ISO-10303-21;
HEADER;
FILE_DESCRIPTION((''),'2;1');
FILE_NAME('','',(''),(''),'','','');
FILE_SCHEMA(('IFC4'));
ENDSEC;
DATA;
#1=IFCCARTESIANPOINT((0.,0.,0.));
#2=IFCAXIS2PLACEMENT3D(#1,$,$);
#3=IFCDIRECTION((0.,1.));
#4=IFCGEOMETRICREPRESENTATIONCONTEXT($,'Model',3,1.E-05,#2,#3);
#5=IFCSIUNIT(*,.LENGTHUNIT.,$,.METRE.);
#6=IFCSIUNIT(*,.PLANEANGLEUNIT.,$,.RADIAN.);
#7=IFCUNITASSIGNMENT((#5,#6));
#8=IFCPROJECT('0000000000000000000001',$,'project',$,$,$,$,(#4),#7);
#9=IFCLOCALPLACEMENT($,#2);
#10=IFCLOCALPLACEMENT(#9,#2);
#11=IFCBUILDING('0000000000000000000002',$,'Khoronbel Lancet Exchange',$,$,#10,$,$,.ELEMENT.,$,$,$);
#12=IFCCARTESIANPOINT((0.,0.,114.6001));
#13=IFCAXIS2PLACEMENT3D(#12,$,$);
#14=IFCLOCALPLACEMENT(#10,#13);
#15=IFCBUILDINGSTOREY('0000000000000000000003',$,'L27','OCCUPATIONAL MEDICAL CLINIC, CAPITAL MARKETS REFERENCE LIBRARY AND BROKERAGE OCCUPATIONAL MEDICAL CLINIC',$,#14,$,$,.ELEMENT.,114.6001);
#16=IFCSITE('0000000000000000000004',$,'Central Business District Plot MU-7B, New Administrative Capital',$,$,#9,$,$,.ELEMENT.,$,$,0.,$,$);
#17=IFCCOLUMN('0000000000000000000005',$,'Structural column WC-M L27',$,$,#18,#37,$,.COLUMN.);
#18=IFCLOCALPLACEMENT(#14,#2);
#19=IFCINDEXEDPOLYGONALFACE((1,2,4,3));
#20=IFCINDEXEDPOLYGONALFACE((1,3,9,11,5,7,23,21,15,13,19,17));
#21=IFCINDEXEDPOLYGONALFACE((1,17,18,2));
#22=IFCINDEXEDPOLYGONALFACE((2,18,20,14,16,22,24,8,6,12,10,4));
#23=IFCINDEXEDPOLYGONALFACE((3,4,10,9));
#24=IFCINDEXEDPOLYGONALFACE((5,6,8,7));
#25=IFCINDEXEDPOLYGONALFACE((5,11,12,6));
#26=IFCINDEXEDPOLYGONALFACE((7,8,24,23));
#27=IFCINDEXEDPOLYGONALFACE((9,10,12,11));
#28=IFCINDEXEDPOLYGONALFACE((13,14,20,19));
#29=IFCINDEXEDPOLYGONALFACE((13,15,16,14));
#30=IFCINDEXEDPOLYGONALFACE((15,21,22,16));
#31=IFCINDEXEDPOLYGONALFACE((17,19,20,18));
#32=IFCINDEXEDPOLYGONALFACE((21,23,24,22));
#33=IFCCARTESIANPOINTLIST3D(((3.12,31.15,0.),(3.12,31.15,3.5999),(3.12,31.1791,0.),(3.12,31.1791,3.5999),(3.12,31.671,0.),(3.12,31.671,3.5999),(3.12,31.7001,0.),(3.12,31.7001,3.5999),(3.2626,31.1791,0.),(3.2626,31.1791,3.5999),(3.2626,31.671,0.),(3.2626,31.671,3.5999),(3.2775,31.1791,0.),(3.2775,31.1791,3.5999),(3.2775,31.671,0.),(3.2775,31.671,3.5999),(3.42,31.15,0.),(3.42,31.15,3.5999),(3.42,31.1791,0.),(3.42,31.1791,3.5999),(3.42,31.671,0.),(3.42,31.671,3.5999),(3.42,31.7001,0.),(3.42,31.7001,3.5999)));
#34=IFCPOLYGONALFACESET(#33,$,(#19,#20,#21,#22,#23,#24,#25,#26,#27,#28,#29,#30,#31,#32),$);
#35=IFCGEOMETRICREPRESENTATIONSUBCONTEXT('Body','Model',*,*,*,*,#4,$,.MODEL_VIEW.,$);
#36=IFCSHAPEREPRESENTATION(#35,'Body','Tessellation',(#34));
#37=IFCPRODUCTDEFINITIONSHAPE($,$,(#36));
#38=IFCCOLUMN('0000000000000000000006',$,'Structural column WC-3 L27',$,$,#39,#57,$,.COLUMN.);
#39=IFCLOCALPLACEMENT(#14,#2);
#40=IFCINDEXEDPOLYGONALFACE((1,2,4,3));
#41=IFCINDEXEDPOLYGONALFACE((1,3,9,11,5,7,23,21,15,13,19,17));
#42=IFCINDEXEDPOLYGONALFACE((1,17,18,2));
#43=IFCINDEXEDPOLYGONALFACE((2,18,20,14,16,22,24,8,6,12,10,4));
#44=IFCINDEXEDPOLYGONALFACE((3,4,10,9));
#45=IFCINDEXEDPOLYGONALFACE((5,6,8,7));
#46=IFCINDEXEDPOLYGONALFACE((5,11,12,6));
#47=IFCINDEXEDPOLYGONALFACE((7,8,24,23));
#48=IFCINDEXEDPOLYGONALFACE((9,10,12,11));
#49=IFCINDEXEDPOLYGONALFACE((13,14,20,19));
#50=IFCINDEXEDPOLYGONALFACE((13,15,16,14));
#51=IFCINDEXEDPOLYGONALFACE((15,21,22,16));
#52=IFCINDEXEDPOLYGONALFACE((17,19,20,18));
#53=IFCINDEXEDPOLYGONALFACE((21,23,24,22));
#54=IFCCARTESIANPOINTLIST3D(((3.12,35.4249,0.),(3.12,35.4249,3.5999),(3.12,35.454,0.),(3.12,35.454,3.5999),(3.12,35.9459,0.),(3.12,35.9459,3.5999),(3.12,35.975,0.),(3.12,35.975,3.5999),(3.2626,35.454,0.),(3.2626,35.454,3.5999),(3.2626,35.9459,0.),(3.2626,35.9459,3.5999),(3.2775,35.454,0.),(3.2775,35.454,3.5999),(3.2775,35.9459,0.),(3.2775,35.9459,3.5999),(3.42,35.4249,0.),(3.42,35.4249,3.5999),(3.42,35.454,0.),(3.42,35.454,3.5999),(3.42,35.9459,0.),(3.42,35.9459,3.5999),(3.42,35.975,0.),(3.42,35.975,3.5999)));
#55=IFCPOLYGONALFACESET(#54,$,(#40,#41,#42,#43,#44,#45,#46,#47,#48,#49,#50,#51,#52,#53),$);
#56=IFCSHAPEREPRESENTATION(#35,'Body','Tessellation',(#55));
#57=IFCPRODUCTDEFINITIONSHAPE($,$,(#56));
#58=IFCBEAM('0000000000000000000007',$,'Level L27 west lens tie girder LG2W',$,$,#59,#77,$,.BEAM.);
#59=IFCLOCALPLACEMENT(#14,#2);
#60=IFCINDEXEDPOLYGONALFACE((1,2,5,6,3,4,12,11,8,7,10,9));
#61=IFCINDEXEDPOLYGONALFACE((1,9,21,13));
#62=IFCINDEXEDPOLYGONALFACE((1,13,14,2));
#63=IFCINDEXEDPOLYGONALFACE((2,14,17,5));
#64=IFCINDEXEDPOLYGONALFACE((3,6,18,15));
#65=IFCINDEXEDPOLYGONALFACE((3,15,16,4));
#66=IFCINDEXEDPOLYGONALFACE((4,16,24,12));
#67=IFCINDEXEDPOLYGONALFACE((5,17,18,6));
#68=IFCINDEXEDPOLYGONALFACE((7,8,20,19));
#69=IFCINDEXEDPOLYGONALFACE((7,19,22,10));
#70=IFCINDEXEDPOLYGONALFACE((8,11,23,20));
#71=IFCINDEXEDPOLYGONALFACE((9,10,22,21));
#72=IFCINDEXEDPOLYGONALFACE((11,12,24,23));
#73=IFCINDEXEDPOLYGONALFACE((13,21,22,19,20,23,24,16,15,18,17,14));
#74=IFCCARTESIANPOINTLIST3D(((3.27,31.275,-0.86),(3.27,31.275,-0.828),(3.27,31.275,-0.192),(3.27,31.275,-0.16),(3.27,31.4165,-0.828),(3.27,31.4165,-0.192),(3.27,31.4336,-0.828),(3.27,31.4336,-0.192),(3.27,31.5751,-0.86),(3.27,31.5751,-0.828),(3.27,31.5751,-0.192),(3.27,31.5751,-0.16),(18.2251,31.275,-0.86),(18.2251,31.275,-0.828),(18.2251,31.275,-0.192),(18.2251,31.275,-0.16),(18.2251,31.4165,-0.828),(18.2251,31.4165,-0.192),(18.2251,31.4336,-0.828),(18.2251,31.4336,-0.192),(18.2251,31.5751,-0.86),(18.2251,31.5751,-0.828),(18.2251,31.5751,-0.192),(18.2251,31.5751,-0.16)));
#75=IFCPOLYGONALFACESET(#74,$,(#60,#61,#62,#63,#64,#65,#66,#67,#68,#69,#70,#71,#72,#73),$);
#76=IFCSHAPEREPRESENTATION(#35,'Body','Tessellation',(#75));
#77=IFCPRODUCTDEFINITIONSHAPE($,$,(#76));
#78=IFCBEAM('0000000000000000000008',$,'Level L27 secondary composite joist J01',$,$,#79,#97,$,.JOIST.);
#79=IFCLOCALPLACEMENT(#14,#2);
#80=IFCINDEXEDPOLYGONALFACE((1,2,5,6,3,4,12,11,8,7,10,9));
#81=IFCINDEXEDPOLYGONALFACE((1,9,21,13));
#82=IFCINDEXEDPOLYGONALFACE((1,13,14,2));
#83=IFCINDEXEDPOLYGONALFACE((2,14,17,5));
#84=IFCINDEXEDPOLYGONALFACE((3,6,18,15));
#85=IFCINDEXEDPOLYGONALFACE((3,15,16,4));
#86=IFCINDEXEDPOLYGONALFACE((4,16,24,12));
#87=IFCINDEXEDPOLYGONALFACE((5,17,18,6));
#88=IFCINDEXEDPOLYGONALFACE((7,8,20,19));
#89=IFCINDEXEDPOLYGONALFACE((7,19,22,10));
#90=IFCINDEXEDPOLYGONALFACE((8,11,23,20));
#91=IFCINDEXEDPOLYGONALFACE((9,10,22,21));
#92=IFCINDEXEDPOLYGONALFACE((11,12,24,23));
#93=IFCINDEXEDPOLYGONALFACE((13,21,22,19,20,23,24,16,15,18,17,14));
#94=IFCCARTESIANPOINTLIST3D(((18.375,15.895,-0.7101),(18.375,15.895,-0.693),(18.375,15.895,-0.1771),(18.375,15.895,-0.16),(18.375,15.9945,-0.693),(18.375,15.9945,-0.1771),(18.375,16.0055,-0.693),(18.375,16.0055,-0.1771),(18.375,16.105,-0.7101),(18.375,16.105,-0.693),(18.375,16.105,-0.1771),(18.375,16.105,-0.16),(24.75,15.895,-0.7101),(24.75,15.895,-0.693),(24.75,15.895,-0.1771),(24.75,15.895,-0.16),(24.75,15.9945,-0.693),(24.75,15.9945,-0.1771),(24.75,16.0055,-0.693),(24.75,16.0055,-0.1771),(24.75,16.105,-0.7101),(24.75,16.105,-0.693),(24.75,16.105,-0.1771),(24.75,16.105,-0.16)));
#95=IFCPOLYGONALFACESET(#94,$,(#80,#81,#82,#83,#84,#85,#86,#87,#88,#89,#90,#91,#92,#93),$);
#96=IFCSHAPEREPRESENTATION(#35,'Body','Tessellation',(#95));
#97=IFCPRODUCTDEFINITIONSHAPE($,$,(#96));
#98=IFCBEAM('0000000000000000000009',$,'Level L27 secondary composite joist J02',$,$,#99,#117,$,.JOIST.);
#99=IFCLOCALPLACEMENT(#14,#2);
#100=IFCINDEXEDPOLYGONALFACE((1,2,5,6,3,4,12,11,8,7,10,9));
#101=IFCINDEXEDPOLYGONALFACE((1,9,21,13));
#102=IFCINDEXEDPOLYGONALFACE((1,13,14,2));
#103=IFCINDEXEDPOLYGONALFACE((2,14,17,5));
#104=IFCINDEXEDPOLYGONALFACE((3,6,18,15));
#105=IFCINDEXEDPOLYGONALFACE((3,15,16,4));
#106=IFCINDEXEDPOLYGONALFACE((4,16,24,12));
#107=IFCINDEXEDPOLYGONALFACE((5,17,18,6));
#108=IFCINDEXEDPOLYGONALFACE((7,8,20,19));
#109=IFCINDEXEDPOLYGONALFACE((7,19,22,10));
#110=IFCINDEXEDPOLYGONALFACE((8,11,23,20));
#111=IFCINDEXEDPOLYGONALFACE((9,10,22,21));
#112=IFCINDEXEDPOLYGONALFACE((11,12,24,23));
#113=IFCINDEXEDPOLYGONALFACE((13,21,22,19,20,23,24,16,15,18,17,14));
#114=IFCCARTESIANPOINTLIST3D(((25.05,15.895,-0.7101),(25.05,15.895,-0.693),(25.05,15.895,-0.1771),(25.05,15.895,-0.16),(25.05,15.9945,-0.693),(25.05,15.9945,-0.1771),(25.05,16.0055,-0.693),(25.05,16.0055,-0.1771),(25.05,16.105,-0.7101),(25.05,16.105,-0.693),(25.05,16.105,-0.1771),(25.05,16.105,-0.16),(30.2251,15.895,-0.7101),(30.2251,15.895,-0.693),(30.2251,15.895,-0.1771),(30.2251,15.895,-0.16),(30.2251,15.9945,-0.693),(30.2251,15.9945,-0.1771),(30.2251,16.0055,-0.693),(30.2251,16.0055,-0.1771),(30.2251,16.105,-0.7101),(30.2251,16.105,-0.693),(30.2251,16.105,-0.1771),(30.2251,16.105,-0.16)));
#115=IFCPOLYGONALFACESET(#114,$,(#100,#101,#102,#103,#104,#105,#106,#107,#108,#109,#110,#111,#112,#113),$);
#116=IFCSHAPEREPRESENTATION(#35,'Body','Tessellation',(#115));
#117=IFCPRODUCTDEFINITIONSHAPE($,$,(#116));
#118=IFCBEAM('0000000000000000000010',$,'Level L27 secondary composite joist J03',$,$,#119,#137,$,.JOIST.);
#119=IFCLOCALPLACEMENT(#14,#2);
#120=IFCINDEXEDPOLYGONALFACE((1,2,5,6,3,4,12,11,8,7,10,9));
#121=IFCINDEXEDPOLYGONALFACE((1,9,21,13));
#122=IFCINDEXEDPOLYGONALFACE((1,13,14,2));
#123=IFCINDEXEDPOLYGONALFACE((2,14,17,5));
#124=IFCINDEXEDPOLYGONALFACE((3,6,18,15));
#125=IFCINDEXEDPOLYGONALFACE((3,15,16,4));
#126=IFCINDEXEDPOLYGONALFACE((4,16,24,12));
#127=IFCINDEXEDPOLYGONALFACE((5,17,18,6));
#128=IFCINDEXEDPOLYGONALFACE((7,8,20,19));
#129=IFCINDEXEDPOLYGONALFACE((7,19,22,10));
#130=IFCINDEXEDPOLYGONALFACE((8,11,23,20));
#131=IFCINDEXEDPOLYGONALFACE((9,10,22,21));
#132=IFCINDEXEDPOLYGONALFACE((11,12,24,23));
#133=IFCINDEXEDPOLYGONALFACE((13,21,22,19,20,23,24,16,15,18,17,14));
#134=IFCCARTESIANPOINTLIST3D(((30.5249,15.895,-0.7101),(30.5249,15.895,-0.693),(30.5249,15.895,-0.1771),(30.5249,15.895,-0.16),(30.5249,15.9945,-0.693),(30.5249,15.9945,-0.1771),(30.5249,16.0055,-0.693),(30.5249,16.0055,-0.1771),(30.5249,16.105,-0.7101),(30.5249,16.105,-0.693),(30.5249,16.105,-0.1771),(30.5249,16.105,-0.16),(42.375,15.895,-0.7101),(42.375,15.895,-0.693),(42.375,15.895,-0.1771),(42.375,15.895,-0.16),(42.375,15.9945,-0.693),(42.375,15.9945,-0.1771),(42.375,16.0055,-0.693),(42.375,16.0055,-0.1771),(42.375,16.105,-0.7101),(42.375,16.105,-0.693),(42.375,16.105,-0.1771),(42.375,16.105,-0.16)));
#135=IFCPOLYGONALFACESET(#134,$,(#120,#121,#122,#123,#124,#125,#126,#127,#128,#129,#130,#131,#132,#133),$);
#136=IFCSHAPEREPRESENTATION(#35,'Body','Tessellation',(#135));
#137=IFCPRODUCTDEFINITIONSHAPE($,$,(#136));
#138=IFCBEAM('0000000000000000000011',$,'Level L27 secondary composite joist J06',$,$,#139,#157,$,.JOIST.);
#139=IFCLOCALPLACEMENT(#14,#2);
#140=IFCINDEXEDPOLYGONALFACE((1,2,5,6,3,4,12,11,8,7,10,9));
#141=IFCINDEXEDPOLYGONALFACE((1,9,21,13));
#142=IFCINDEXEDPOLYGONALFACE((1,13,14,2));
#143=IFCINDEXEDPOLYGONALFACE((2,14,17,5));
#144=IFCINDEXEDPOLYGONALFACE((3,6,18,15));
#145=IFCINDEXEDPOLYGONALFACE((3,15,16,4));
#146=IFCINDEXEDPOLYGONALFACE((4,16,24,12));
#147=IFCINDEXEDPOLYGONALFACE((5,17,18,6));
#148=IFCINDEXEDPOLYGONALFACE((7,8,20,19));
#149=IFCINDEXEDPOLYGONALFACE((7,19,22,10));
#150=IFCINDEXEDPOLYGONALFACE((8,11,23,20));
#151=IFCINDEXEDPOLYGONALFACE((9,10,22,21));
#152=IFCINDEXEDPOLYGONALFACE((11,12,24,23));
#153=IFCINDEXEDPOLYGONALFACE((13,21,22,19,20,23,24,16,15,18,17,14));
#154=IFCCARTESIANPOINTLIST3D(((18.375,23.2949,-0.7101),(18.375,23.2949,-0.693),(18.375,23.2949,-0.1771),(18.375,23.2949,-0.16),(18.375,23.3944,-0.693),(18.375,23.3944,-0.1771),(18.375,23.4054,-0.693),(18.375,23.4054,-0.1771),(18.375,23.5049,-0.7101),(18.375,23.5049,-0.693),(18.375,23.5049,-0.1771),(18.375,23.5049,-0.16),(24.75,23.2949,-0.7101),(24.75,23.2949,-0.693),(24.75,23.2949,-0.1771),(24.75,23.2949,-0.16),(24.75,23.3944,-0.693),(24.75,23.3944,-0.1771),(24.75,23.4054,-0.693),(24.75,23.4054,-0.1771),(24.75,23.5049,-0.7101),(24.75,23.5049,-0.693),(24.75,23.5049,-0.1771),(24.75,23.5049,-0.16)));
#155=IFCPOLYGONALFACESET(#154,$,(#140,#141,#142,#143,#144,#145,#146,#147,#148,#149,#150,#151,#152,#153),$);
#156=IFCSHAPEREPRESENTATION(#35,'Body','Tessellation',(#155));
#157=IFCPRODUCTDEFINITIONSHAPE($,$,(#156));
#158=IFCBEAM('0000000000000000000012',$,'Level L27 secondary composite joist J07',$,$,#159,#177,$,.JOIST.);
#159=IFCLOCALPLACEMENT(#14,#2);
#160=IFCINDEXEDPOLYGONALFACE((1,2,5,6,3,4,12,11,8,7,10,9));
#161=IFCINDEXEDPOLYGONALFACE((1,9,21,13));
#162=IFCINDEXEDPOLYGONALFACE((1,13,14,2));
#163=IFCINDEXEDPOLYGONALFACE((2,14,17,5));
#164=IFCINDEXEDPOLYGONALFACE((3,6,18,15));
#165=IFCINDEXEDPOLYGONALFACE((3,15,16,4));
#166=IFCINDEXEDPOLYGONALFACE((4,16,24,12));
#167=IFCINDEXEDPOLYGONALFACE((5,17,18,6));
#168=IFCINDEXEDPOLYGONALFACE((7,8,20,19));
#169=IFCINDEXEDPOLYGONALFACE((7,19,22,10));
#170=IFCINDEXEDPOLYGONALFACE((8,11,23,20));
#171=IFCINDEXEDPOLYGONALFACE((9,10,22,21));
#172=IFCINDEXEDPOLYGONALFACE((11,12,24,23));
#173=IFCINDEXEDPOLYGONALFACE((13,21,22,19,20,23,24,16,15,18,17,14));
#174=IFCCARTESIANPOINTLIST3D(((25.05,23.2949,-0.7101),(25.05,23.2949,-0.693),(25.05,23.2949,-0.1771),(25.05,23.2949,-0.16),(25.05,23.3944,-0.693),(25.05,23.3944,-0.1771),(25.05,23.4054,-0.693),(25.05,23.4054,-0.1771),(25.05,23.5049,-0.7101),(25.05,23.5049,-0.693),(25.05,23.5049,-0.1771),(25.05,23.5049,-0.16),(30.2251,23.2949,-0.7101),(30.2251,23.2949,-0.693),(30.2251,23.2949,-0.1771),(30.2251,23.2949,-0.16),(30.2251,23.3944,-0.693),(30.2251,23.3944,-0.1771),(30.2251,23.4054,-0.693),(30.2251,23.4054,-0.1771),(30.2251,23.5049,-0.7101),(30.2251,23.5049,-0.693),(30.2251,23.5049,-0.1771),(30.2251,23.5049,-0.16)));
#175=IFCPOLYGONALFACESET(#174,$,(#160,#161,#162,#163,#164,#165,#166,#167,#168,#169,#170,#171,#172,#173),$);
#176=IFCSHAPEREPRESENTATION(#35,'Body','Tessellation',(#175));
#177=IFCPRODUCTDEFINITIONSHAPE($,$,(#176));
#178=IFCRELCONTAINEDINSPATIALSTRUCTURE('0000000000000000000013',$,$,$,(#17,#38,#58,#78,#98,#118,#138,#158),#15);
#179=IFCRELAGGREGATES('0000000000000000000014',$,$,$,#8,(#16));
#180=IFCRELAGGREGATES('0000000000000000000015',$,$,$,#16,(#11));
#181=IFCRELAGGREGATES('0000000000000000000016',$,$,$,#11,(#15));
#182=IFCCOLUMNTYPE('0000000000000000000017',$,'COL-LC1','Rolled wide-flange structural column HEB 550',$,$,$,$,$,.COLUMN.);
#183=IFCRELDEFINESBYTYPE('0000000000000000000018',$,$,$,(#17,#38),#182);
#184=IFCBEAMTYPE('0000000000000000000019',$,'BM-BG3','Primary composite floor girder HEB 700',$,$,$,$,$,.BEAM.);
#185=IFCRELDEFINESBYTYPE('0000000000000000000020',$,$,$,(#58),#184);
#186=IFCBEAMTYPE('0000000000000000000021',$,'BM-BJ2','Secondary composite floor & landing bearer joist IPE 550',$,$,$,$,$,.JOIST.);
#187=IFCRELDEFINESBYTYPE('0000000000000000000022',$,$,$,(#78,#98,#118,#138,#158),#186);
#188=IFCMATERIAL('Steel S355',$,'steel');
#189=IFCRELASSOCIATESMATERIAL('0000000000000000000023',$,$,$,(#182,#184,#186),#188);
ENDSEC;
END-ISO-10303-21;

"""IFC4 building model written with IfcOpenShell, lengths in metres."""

from ifc_helpers import new_model, si_unit, direction, frame, origin, origin_2d, place, context, subcontext, project, spatial, i_section, extrude, material, material_profile, profile_set, type_object, element, save


model = new_model("IFC4")

# Units and contexts
model_context = context("Model", 3, precision=1e-05, world=origin(), true_north=direction((0.0, 1.0)))
body_context = subcontext(model_context, "Body", "Model", "MODEL_VIEW")
ifc_project = project(units=[si_unit("LENGTHUNIT", "METRE"), si_unit("PLANEANGLEUNIT", "RADIAN")], contexts=[model_context])

# Site, building, storey
site_placement = place(None, origin())
site = spatial("IfcSite", under=ifc_project, at=site_placement, Name="Central Business District Plot MU-7B, New Administrative Capital", CompositionType="ELEMENT", RefElevation=0.0)
building_placement = place(site_placement, origin())
building = spatial("IfcBuilding", under=site, at=building_placement, Name="Khoronbel Lancet Exchange", CompositionType="ELEMENT")
storey_placement = place(building_placement, frame((0.0, 0.0, 114.6001)))
storey = spatial("IfcBuildingStorey", under=building, at=storey_placement, Name="L27", Description="OCCUPATIONAL MEDICAL CLINIC, CAPITAL MARKETS REFERENCE LIBRARY AND BROKERAGE OCCUPATIONAL MEDICAL CLINIC", CompositionType="ELEMENT", Elevation=114.6001)

# Columns
ifc_material_1 = material(Name="Steel S355", Category="steel")
ifc_material_profile_1 = material_profile(ifc_material_1, i_section(OverallWidth=0.3, OverallDepth=0.55, WebThickness=0.0149, FlangeThickness=0.0291, at=origin_2d()), Name="HEB 550")
ifc_profile_set_1 = profile_set([ifc_material_profile_1], Name="Steel S355")
column_type = type_object("IfcColumnType", Name="COL-LC1", Description="Rolled wide-flange structural column HEB 550", PredefinedType="COLUMN", material=ifc_profile_set_1)
for number, where, z_axis, x_axis, name in (
    (1, (3.27, 31.425, 0.0), (0.0, 0.0, 1.0), (1.0, 0.0, 0.0), "Structural column WC-M L27"),
    (2, (3.27, 35.7, 0.0), (0.0, 0.0, 1.0), (1.0, 0.0, 0.0), "Structural column WC-3 L27"),
):
    element("IfcColumn", number, at=place(storey_placement, frame(where, z_axis=z_axis, x_axis=x_axis)), inside=storey, type_object=column_type, Name=name, PredefinedType="COLUMN", context=body_context, shape_type="SweptSolid", body=[
        extrude(i_section(OverallWidth=0.3, OverallDepth=0.55, WebThickness=0.0149, FlangeThickness=0.0291, at=origin_2d()), origin(), (0.0, 0.0, 1.0), 3.5999),
    ])

# Beams
ifc_material_profile_2 = material_profile(ifc_material_1, i_section(OverallWidth=0.3, OverallDepth=0.7, WebThickness=0.0171, FlangeThickness=0.032, at=origin_2d()), Name="HEB 700")
ifc_profile_set_2 = profile_set([ifc_material_profile_2], Name="Steel S355")
beam_type_1 = type_object("IfcBeamType", Name="BM-BG3", Description="Primary composite floor girder HEB 700", PredefinedType="BEAM", material=ifc_profile_set_2)
beam_1_placement = place(storey_placement, frame((3.27, 31.425, -0.51), z_axis=(1.0, 0.0, 0.0), x_axis=(0.0, 1.0, 0.0)))
element("IfcBeam", 3, at=beam_1_placement, inside=storey, type_object=beam_type_1, Name="Level L27 west lens tie girder LG2W", PredefinedType="BEAM", context=body_context, shape_type="SweptSolid", body=[
    extrude(i_section(OverallWidth=0.3, OverallDepth=0.7, WebThickness=0.0171, FlangeThickness=0.032, at=origin_2d()), origin(), (0.0, 0.0, 1.0), 14.9551),
])
ifc_material_profile_3 = material_profile(ifc_material_1, i_section(OverallWidth=0.21, OverallDepth=0.55, WebThickness=0.011, FlangeThickness=0.0171, at=origin_2d()), Name="IPE 550")
ifc_profile_set_3 = profile_set([ifc_material_profile_3], Name="Steel S355")
beam_type_2 = type_object("IfcBeamType", Name="BM-BJ2", Description="Secondary composite floor & landing bearer joist IPE 550", PredefinedType="JOIST", material=ifc_profile_set_3)
beam_2_placement = place(storey_placement, frame((18.375, 16.0, -0.4351), z_axis=(1.0, 0.0, 0.0), x_axis=(0.0, 1.0, 0.0)))
element("IfcBeam", 4, at=beam_2_placement, inside=storey, type_object=beam_type_2, Name="Level L27 secondary composite joist J01", PredefinedType="JOIST", context=body_context, shape_type="SweptSolid", body=[
    extrude(i_section(OverallWidth=0.21, OverallDepth=0.55, WebThickness=0.011, FlangeThickness=0.0171, at=origin_2d()), origin(), (0.0, 0.0, 1.0), 6.375),
])
beam_3_placement = place(storey_placement, frame((25.05, 16.0, -0.4351), z_axis=(1.0, 0.0, 0.0), x_axis=(0.0, 1.0, 0.0)))
element("IfcBeam", 5, at=beam_3_placement, inside=storey, type_object=beam_type_2, Name="Level L27 secondary composite joist J02", PredefinedType="JOIST", context=body_context, shape_type="SweptSolid", body=[
    extrude(i_section(OverallWidth=0.21, OverallDepth=0.55, WebThickness=0.011, FlangeThickness=0.0171, at=origin_2d()), origin(), (0.0, 0.0, 1.0), 5.175),
])
beam_4_placement = place(storey_placement, frame((30.5249, 16.0, -0.4351), z_axis=(1.0, 0.0, 0.0), x_axis=(0.0, 1.0, 0.0)))
element("IfcBeam", 6, at=beam_4_placement, inside=storey, type_object=beam_type_2, Name="Level L27 secondary composite joist J03", PredefinedType="JOIST", context=body_context, shape_type="SweptSolid", body=[
    extrude(i_section(OverallWidth=0.21, OverallDepth=0.55, WebThickness=0.011, FlangeThickness=0.0171, at=origin_2d()), origin(), (0.0, 0.0, 1.0), 11.8501),
])
beam_5_placement = place(storey_placement, frame((18.375, 23.3999, -0.4351), z_axis=(1.0, 0.0, 0.0), x_axis=(0.0, 1.0, 0.0)))
element("IfcBeam", 7, at=beam_5_placement, inside=storey, type_object=beam_type_2, Name="Level L27 secondary composite joist J06", PredefinedType="JOIST", context=body_context, shape_type="SweptSolid", body=[
    extrude(i_section(OverallWidth=0.21, OverallDepth=0.55, WebThickness=0.011, FlangeThickness=0.0171, at=origin_2d()), origin(), (0.0, 0.0, 1.0), 6.375),
])
beam_6_placement = place(storey_placement, frame((25.05, 23.3999, -0.4351), z_axis=(1.0, 0.0, 0.0), x_axis=(0.0, 1.0, 0.0)))
element("IfcBeam", 8, at=beam_6_placement, inside=storey, type_object=beam_type_2, Name="Level L27 secondary composite joist J07", PredefinedType="JOIST", context=body_context, shape_type="SweptSolid", body=[
    extrude(i_section(OverallWidth=0.21, OverallDepth=0.55, WebThickness=0.011, FlangeThickness=0.0171, at=origin_2d()), origin(), (0.0, 0.0, 1.0), 5.175),
])

save(model, "model.ifc")
